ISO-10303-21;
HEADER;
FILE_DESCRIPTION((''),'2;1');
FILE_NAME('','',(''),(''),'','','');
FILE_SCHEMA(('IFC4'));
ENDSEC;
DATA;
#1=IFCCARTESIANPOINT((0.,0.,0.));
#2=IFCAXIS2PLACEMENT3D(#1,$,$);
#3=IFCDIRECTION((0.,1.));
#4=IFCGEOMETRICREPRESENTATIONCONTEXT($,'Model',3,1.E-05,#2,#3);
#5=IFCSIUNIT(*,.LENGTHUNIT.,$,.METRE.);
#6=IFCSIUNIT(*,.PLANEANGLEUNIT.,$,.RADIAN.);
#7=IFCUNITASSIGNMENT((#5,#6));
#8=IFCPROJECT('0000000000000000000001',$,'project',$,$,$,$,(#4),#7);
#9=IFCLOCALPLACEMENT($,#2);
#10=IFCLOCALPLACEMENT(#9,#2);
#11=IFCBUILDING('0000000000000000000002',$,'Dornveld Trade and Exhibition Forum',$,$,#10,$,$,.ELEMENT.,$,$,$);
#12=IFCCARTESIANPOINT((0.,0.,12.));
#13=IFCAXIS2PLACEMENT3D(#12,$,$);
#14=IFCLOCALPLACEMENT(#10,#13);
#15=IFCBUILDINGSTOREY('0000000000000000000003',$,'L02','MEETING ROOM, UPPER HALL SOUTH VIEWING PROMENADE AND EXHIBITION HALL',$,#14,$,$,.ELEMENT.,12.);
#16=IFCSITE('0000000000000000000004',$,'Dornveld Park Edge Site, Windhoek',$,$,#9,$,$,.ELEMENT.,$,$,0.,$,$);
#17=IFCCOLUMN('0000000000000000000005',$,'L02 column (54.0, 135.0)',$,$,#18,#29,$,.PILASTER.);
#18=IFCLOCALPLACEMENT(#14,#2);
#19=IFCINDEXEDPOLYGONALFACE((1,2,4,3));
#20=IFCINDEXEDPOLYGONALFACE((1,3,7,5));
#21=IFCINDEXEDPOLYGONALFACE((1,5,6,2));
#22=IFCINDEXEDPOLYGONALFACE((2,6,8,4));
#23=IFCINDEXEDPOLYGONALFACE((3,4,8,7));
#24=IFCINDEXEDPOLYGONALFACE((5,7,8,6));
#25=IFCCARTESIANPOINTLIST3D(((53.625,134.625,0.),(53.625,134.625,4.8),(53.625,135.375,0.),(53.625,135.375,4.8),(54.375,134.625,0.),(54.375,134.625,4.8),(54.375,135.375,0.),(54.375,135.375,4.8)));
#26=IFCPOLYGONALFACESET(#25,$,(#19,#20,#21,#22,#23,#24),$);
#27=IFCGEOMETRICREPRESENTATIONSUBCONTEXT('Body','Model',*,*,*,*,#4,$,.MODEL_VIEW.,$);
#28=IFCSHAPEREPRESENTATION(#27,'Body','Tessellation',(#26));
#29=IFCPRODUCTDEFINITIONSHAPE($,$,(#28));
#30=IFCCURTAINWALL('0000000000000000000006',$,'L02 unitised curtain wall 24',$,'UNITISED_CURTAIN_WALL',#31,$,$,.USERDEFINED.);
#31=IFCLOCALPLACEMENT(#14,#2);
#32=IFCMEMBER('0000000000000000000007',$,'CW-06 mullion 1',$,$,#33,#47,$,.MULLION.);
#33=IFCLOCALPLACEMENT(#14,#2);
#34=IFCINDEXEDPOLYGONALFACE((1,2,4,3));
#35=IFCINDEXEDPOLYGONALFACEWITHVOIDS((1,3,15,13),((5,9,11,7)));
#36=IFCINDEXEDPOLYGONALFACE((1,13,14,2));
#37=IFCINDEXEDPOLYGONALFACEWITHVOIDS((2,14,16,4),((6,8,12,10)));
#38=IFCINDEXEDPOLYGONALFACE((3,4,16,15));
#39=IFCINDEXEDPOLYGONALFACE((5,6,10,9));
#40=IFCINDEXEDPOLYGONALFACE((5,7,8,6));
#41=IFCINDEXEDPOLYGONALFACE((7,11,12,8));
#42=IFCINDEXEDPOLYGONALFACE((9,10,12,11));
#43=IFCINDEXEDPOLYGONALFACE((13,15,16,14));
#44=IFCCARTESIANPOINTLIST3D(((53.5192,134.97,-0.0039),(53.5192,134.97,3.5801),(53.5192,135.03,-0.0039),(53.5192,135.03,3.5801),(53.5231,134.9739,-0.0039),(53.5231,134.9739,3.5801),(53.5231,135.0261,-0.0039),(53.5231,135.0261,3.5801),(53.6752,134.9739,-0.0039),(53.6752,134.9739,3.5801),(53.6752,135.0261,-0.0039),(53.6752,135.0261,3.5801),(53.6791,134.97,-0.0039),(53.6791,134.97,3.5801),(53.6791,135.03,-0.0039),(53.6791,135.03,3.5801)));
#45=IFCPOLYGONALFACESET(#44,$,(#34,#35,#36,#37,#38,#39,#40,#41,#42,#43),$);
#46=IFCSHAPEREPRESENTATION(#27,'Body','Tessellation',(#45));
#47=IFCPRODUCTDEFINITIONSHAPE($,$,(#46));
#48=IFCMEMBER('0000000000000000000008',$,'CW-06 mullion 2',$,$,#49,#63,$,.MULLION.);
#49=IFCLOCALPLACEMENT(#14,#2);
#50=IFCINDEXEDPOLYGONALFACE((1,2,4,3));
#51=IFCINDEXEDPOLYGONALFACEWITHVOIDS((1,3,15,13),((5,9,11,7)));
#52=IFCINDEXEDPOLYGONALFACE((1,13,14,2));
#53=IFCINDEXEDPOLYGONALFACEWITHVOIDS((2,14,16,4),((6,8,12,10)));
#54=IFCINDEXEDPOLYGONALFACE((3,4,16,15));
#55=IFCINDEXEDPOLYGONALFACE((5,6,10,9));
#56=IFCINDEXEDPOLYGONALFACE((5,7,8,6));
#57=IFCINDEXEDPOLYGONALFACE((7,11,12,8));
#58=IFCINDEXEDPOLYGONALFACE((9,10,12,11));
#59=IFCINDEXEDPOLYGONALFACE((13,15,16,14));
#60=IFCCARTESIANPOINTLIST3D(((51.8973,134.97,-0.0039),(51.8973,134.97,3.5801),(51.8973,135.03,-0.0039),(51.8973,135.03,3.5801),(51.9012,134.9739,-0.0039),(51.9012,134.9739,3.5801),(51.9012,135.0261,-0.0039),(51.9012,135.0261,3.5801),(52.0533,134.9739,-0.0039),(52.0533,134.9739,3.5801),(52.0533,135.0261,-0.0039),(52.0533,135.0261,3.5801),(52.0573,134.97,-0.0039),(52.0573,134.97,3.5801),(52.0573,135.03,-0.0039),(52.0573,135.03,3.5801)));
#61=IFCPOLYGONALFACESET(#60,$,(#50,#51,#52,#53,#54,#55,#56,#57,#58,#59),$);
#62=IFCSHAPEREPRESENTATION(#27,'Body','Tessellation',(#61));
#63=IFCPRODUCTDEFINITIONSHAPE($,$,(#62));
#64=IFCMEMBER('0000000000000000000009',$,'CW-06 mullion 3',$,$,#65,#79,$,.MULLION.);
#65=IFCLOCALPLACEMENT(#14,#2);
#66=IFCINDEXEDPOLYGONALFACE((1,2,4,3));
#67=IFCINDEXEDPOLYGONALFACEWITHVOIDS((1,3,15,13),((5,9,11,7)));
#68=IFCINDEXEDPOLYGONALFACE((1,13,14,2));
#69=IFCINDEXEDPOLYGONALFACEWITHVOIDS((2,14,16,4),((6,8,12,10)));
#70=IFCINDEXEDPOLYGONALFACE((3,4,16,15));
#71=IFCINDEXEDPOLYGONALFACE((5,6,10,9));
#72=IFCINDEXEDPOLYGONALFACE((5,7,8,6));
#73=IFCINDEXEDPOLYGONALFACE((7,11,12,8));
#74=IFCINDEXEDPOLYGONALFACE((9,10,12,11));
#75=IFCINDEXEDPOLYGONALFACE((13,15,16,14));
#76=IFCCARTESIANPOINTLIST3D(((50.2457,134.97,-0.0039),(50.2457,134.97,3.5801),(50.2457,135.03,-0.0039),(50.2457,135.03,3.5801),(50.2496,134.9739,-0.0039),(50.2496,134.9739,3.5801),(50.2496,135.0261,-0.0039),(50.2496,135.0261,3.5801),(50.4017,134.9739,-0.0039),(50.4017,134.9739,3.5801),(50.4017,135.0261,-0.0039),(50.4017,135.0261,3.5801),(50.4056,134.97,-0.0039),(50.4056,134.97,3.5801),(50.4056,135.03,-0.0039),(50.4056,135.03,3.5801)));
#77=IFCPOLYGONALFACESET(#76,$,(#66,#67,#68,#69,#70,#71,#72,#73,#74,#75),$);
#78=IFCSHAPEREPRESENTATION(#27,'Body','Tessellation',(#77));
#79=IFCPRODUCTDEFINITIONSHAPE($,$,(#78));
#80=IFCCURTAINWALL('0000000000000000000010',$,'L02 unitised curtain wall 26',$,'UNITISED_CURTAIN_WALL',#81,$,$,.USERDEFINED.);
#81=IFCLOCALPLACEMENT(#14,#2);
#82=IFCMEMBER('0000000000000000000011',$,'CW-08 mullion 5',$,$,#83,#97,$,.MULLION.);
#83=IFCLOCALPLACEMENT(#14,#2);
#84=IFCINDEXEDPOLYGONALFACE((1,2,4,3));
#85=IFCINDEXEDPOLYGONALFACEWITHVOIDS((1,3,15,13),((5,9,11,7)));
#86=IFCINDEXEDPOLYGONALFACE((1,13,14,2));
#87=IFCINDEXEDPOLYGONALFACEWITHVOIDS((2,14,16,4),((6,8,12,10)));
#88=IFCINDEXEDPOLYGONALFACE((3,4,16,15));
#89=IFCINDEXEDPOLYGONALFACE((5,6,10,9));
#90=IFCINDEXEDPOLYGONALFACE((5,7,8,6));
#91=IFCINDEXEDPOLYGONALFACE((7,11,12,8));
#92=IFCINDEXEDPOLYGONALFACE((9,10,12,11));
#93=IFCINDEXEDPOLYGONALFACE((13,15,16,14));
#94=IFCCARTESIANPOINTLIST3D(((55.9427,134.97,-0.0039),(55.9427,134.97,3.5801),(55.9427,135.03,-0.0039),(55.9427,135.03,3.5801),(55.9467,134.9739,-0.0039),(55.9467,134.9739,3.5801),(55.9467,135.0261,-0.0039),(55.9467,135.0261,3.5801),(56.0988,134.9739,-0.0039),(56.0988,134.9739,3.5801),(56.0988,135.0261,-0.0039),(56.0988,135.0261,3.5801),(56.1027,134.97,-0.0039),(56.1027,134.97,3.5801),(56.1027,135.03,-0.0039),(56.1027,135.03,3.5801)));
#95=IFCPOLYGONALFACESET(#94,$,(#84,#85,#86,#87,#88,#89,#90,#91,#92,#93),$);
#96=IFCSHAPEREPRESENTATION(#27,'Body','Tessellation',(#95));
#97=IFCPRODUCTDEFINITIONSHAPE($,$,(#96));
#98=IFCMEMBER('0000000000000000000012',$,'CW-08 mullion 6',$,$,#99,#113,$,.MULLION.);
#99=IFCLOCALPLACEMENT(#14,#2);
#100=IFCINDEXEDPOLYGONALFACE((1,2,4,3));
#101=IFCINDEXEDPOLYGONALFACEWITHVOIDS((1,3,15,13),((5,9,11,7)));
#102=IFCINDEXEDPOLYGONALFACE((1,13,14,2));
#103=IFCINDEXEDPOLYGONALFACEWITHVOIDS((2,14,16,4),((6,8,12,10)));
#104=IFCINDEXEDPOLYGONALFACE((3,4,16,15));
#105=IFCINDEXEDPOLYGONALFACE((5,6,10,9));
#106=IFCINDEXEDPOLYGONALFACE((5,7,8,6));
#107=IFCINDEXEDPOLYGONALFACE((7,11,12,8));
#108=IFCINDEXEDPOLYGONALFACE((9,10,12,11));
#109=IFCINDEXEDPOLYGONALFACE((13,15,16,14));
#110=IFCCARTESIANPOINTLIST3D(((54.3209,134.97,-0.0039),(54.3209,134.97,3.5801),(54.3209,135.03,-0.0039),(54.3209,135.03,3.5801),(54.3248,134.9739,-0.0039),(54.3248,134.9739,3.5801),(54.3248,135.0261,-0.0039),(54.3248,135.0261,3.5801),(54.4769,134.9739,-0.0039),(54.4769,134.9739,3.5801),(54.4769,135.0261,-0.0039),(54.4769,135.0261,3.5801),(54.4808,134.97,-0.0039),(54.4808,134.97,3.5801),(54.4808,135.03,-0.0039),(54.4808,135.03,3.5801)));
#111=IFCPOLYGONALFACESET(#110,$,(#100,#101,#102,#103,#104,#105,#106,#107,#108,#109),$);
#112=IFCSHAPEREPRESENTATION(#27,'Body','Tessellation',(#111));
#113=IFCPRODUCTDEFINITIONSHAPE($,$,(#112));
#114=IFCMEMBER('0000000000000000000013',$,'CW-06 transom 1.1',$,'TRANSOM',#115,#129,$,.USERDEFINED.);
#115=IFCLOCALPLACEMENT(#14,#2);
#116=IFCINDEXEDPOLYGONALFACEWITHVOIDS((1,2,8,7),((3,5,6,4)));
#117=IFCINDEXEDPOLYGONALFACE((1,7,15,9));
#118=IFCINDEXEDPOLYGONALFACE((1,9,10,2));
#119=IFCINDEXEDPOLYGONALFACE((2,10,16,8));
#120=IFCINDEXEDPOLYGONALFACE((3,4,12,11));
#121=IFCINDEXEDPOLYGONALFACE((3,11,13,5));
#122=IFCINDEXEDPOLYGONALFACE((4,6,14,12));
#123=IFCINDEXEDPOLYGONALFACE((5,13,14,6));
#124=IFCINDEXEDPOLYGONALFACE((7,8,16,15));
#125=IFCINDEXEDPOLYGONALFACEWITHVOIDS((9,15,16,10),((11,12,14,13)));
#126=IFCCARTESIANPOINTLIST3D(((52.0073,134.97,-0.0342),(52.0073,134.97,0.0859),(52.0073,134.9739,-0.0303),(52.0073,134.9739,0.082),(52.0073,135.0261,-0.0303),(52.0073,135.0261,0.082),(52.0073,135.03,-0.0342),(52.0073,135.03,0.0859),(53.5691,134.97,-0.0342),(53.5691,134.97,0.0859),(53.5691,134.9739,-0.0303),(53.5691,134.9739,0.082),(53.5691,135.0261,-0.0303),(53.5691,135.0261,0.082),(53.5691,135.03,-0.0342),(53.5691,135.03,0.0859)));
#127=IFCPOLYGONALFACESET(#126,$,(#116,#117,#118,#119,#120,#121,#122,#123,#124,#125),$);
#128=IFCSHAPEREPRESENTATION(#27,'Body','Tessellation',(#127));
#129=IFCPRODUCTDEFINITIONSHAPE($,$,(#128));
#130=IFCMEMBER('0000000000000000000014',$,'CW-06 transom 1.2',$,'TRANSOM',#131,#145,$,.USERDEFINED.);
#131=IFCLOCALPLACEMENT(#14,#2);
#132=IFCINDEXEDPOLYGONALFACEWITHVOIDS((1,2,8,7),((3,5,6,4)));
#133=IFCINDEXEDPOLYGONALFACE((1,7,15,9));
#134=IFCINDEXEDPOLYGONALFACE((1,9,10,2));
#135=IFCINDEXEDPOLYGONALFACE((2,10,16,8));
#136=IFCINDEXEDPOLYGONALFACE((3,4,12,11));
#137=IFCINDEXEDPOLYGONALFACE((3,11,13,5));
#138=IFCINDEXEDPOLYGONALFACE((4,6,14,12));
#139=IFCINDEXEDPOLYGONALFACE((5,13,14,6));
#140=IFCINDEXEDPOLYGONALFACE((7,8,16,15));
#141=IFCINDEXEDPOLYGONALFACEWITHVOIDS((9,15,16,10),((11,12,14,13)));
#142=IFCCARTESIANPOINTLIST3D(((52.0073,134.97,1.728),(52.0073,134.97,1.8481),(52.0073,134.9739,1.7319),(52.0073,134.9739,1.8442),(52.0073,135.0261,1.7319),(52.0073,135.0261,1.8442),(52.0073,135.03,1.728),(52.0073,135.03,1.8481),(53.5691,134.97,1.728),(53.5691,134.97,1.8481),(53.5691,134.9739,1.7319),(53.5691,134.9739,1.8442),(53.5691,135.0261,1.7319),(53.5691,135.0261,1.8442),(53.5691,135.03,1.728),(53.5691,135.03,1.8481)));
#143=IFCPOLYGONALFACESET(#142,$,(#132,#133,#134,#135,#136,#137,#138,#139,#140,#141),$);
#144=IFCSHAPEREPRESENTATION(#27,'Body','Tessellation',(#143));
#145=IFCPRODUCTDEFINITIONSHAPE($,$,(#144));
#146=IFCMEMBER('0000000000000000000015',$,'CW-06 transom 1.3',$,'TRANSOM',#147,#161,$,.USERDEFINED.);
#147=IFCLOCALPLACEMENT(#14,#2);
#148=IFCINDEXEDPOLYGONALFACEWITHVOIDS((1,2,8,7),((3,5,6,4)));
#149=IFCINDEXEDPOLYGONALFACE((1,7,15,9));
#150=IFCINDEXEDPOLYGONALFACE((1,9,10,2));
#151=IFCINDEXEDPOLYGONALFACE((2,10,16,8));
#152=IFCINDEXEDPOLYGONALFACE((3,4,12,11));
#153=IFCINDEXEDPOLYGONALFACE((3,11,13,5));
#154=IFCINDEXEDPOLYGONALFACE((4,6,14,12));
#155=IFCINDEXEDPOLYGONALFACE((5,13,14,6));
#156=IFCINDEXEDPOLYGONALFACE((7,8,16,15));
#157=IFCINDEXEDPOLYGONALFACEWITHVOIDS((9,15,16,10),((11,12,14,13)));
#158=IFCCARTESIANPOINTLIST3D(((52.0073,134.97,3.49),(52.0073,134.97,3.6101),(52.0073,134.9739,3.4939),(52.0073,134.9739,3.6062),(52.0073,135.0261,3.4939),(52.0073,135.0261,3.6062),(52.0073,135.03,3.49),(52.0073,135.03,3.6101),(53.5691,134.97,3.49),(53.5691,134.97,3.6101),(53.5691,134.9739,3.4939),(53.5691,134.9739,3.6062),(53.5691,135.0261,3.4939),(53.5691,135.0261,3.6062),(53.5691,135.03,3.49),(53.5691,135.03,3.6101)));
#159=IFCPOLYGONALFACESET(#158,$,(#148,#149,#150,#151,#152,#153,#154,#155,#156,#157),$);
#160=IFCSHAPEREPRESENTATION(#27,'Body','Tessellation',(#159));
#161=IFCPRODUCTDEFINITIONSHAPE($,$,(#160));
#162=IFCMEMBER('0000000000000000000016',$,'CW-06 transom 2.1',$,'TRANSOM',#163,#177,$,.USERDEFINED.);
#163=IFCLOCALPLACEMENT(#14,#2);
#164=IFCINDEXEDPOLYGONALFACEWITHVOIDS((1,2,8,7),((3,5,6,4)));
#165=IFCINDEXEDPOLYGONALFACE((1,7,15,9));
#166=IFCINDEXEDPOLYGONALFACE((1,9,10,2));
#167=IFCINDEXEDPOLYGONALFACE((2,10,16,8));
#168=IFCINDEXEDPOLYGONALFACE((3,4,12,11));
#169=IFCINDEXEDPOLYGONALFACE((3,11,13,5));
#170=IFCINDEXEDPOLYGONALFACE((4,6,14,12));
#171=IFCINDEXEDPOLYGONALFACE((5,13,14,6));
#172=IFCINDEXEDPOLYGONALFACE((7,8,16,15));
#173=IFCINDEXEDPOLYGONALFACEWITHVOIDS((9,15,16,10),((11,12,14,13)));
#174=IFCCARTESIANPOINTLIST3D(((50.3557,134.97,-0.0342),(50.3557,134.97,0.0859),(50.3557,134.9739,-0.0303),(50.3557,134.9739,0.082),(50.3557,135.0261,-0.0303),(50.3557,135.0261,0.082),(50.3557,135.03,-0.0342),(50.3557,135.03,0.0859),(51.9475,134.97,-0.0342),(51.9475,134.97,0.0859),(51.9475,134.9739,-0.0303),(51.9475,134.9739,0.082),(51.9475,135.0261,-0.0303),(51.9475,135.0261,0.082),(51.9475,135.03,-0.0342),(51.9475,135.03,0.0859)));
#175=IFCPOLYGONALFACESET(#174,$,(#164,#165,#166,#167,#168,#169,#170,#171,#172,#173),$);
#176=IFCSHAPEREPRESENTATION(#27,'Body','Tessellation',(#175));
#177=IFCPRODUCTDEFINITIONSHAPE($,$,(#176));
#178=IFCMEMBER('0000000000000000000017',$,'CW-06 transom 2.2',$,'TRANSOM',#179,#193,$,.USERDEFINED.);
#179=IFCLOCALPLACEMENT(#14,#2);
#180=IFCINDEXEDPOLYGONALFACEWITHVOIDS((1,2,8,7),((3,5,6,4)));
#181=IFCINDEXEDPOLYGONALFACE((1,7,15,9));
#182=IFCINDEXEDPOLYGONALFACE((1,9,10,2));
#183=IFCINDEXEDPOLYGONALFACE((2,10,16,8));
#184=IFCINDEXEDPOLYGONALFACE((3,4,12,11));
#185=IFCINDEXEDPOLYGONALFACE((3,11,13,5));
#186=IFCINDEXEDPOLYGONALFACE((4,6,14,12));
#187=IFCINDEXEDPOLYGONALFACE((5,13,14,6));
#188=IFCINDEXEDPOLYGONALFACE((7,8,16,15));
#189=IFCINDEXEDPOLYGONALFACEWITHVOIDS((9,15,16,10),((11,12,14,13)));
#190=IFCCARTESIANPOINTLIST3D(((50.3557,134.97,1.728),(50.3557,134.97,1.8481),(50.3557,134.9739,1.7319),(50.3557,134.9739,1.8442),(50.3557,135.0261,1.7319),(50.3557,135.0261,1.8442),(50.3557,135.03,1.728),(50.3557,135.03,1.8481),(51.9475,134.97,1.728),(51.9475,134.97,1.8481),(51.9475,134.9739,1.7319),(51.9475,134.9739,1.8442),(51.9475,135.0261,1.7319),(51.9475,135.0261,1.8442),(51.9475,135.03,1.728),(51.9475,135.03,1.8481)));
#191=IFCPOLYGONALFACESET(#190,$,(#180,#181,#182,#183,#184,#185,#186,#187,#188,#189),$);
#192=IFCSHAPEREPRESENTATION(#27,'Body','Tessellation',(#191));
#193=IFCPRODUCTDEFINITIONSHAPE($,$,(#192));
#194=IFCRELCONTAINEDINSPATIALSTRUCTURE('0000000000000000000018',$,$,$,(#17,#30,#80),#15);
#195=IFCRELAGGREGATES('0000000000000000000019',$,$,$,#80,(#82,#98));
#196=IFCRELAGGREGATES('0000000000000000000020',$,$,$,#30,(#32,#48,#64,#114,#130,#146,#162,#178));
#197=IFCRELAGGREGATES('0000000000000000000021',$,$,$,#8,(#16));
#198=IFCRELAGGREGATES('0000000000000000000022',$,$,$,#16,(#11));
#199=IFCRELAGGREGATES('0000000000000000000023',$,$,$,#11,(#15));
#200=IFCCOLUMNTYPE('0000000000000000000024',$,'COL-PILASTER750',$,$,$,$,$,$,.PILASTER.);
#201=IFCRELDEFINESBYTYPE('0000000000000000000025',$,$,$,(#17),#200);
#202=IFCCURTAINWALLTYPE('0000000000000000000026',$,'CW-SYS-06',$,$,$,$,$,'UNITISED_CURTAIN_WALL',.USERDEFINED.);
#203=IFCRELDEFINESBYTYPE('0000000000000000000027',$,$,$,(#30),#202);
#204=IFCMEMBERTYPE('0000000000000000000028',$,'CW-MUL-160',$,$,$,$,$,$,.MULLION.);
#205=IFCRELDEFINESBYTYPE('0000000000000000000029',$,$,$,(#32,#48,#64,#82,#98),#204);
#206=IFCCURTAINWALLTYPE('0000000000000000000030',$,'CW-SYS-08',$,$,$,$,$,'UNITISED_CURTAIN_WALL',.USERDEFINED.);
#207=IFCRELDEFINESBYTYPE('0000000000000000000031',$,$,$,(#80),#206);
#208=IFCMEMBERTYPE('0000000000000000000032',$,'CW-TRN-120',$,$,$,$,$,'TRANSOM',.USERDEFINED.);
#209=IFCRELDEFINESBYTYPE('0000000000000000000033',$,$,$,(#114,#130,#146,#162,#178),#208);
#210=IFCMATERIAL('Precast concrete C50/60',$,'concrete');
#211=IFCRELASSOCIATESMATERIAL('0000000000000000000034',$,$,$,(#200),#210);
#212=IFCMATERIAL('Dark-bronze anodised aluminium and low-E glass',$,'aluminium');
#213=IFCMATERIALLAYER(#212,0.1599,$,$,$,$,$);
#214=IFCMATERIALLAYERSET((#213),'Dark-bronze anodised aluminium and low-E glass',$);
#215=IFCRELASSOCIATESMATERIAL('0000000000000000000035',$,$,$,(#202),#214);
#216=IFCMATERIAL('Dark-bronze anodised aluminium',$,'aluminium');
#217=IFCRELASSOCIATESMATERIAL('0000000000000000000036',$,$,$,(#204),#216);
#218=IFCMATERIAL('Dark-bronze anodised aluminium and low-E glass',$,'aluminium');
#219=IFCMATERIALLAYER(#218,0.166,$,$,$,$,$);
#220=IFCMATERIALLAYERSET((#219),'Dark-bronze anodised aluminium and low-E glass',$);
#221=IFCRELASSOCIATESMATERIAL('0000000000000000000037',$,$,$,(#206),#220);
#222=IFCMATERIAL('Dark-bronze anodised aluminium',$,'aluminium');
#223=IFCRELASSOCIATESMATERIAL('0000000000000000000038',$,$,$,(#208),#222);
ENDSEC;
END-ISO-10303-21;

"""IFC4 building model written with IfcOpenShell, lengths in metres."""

from ifc_helpers import new_model, si_unit, direction, frame, origin, origin_2d, place, context, subcontext, project, spatial, rectangle, hollow_rectangle, extrude, material, layer, layer_set, material_profile, profile_set, type_object, element, aggregate, save


model = new_model("IFC4")

# Units and contexts
model_context = context("Model", 3, precision=1e-05, world=origin(), true_north=direction((0.0, 1.0)))
body_context = subcontext(model_context, "Body", "Model", "MODEL_VIEW")
ifc_project = project(units=[si_unit("LENGTHUNIT", "METRE"), si_unit("PLANEANGLEUNIT", "RADIAN")], contexts=[model_context])

# Site, building, storey
site_placement = place(None, origin())
site = spatial("IfcSite", under=ifc_project, at=site_placement, Name="Dornveld Park Edge Site, Windhoek", CompositionType="ELEMENT", RefElevation=0.0)
building_placement = place(site_placement, origin())
building = spatial("IfcBuilding", under=site, at=building_placement, Name="Dornveld Trade and Exhibition Forum", CompositionType="ELEMENT")
storey_placement = place(building_placement, frame((0.0, 0.0, 12.0)))
storey = spatial("IfcBuildingStorey", under=building, at=storey_placement, Name="L02", Description="MEETING ROOM, UPPER HALL SOUTH VIEWING PROMENADE AND EXHIBITION HALL", CompositionType="ELEMENT", Elevation=12.0)

# Column
ifc_material_1 = material(Name="Precast concrete C50/60", Category="concrete")
ifc_material_profile_1 = material_profile(ifc_material_1, rectangle(XDim=0.75, YDim=0.75, at=origin_2d()), Name="PC-COL 750x750")
ifc_profile_set_1 = profile_set([ifc_material_profile_1], Name="Precast concrete C50/60")
column_type = type_object("IfcColumnType", Name="COL-PILASTER750", PredefinedType="PILASTER", material=ifc_profile_set_1)
column_placement = place(storey_placement, frame((54.0, 135.0, 0.0), z_axis=(0.0, 0.0, 1.0), x_axis=(1.0, 0.0, 0.0)))
element("IfcColumn", 1, at=column_placement, inside=storey, type_object=column_type, Name="L02 column (54.0, 135.0)", PredefinedType="PILASTER", context=body_context, shape_type="SweptSolid", body=[
    extrude(rectangle(XDim=0.75, YDim=0.75, at=origin_2d()), origin(), (0.0, 0.0, 1.0), 4.8),
])

# Curtain walls, members
ifc_material_2 = material(Name="Dark-bronze anodised aluminium and low-E glass", Category="aluminium")
ifc_layer_1 = layer(ifc_material_2, 0.1599)
ifc_layer_set_1 = layer_set([ifc_layer_1], Name="Dark-bronze anodised aluminium and low-E glass")
curtain_wall_type_1 = type_object("IfcCurtainWallType", Name="CW-SYS-06", ElementType="UNITISED_CURTAIN_WALL", PredefinedType="USERDEFINED", material=ifc_layer_set_1)
curtain_wall_1_placement = place(storey_placement, origin())
curtain_wall_1 = element("IfcCurtainWall", 2, at=curtain_wall_1_placement, inside=storey, type_object=curtain_wall_type_1, Name="L02 unitised curtain wall 24", ObjectType="UNITISED_CURTAIN_WALL", PredefinedType="USERDEFINED")
ifc_material_3 = material(Name="Dark-bronze anodised aluminium", Category="aluminium")
ifc_material_profile_2 = material_profile(ifc_material_3, hollow_rectangle(XDim=0.0601, YDim=0.1599, WallThickness=0.0039, at=origin_2d()), Name="RHS 160x60x4")
ifc_profile_set_2 = profile_set([ifc_material_profile_2], Name="Dark-bronze anodised aluminium")
member_type_1 = type_object("IfcMemberType", Name="CW-MUL-160", PredefinedType="MULLION", material=ifc_profile_set_2)
member_1_placement = place(storey_placement, frame((53.5991, 135.0, -0.0039), z_axis=(0.0, 0.0, 1.0), x_axis=(0.0, -1.0, 0.0)))
member_1 = element("IfcMember", 3, at=member_1_placement, type_object=member_type_1, Name="CW-06 mullion 1", PredefinedType="MULLION", context=body_context, shape_type="SweptSolid", body=[
    extrude(hollow_rectangle(XDim=0.0601, YDim=0.1599, WallThickness=0.0039, at=origin_2d()), origin(), (0.0, 0.0, 1.0), 3.584),
])
member_2_placement = place(storey_placement, frame((51.9773, 135.0, -0.0039), z_axis=(0.0, 0.0, 1.0), x_axis=(0.0, -1.0, 0.0)))
member_2 = element("IfcMember", 4, at=member_2_placement, type_object=member_type_1, Name="CW-06 mullion 2", PredefinedType="MULLION", context=body_context, shape_type="SweptSolid", body=[
    extrude(hollow_rectangle(XDim=0.0601, YDim=0.1599, WallThickness=0.0039, at=origin_2d()), origin(), (0.0, 0.0, 1.0), 3.584),
])
member_3_placement = place(storey_placement, frame((50.3257, 135.0, -0.0039), z_axis=(0.0, 0.0, 1.0), x_axis=(0.0, -1.0, 0.0)))
member_3 = element("IfcMember", 5, at=member_3_placement, type_object=member_type_1, Name="CW-06 mullion 3", PredefinedType="MULLION", context=body_context, shape_type="SweptSolid", body=[
    extrude(hollow_rectangle(XDim=0.0601, YDim=0.1599, WallThickness=0.0039, at=origin_2d()), origin(), (0.0, 0.0, 1.0), 3.584),
])
ifc_material_4 = material(Name="Dark-bronze anodised aluminium and low-E glass", Category="aluminium")
ifc_layer_2 = layer(ifc_material_4, 0.166)
ifc_layer_set_2 = layer_set([ifc_layer_2], Name="Dark-bronze anodised aluminium and low-E glass")
curtain_wall_type_2 = type_object("IfcCurtainWallType", Name="CW-SYS-08", ElementType="UNITISED_CURTAIN_WALL", PredefinedType="USERDEFINED", material=ifc_layer_set_2)
curtain_wall_2_placement = place(storey_placement, origin())
curtain_wall_2 = element("IfcCurtainWall", 6, at=curtain_wall_2_placement, inside=storey, type_object=curtain_wall_type_2, Name="L02 unitised curtain wall 26", ObjectType="UNITISED_CURTAIN_WALL", PredefinedType="USERDEFINED")
member_4_placement = place(storey_placement, frame((56.0227, 135.0, -0.0039), z_axis=(0.0, 0.0, 1.0), x_axis=(0.0, -1.0, 0.0)))
member_4 = element("IfcMember", 7, at=member_4_placement, type_object=member_type_1, Name="CW-08 mullion 5", PredefinedType="MULLION", context=body_context, shape_type="SweptSolid", body=[
    extrude(hollow_rectangle(XDim=0.0601, YDim=0.1599, WallThickness=0.0039, at=origin_2d()), origin(), (0.0, 0.0, 1.0), 3.584),
])
member_5_placement = place(storey_placement, frame((54.4009, 135.0, -0.0039), z_axis=(0.0, 0.0, 1.0), x_axis=(0.0, -1.0, 0.0)))
member_5 = element("IfcMember", 8, at=member_5_placement, type_object=member_type_1, Name="CW-08 mullion 6", PredefinedType="MULLION", context=body_context, shape_type="SweptSolid", body=[
    extrude(hollow_rectangle(XDim=0.0601, YDim=0.1599, WallThickness=0.0039, at=origin_2d()), origin(), (0.0, 0.0, 1.0), 3.584),
])

# Members
ifc_material_5 = material(Name="Dark-bronze anodised aluminium", Category="aluminium")
ifc_material_profile_3 = material_profile(ifc_material_5, hollow_rectangle(XDim=0.0601, YDim=0.1201, WallThickness=0.0039, at=origin_2d()), Name="RHS 120x60x4")
ifc_profile_set_3 = profile_set([ifc_material_profile_3], Name="Dark-bronze anodised aluminium")
member_type_2 = type_object("IfcMemberType", Name="CW-TRN-120", ElementType="TRANSOM", PredefinedType="USERDEFINED", material=ifc_profile_set_3)
member_6_placement = place(storey_placement, frame((53.5691, 135.0, 0.0259), z_axis=(-1.0, 0.0, 0.0), x_axis=(0.0, -1.0, 0.0)))
member_6 = element("IfcMember", 9, at=member_6_placement, type_object=member_type_2, Name="CW-06 transom 1.1", ObjectType="TRANSOM", PredefinedType="USERDEFINED", context=body_context, shape_type="SweptSolid", body=[
    extrude(hollow_rectangle(XDim=0.0601, YDim=0.1201, WallThickness=0.0039, at=origin_2d()), origin(), (0.0, 0.0, 1.0), 1.5618),
])
member_7_placement = place(storey_placement, frame((53.5691, 135.0, 1.7881), z_axis=(-1.0, 0.0, 0.0), x_axis=(0.0, -1.0, 0.0)))
member_7 = element("IfcMember", 10, at=member_7_placement, type_object=member_type_2, Name="CW-06 transom 1.2", ObjectType="TRANSOM", PredefinedType="USERDEFINED", context=body_context, shape_type="SweptSolid", body=[
    extrude(hollow_rectangle(XDim=0.0601, YDim=0.1201, WallThickness=0.0039, at=origin_2d()), origin(), (0.0, 0.0, 1.0), 1.5618),
])
member_8_placement = place(storey_placement, frame((53.5691, 135.0, 3.55), z_axis=(-1.0, 0.0, 0.0), x_axis=(0.0, -1.0, 0.0)))
member_8 = element("IfcMember", 11, at=member_8_placement, type_object=member_type_2, Name="CW-06 transom 1.3", ObjectType="TRANSOM", PredefinedType="USERDEFINED", context=body_context, shape_type="SweptSolid", body=[
    extrude(hollow_rectangle(XDim=0.0601, YDim=0.1201, WallThickness=0.0039, at=origin_2d()), origin(), (0.0, 0.0, 1.0), 1.5618),
])
member_9_placement = place(storey_placement, frame((51.9475, 135.0, 0.0259), z_axis=(-1.0, 0.0, 0.0), x_axis=(0.0, -1.0, 0.0)))
member_9 = element("IfcMember", 12, at=member_9_placement, type_object=member_type_2, Name="CW-06 transom 2.1", ObjectType="TRANSOM", PredefinedType="USERDEFINED", context=body_context, shape_type="SweptSolid", body=[
    extrude(hollow_rectangle(XDim=0.0601, YDim=0.1201, WallThickness=0.0039, at=origin_2d()), origin(), (0.0, 0.0, 1.0), 1.5918),
])
member_10_placement = place(storey_placement, frame((51.9475, 135.0, 1.7881), z_axis=(-1.0, 0.0, 0.0), x_axis=(0.0, -1.0, 0.0)))
member_10 = element("IfcMember", 13, at=member_10_placement, type_object=member_type_2, Name="CW-06 transom 2.2", ObjectType="TRANSOM", PredefinedType="USERDEFINED", context=body_context, shape_type="SweptSolid", body=[
    extrude(hollow_rectangle(XDim=0.0601, YDim=0.1201, WallThickness=0.0039, at=origin_2d()), origin(), (0.0, 0.0, 1.0), 1.5918),
])

aggregate(curtain_wall_2, [member_4, member_5])
aggregate(curtain_wall_1, [member_1, member_2, member_3, member_6, member_7, member_8, member_9, member_10])

save(model, "model.ifc")
